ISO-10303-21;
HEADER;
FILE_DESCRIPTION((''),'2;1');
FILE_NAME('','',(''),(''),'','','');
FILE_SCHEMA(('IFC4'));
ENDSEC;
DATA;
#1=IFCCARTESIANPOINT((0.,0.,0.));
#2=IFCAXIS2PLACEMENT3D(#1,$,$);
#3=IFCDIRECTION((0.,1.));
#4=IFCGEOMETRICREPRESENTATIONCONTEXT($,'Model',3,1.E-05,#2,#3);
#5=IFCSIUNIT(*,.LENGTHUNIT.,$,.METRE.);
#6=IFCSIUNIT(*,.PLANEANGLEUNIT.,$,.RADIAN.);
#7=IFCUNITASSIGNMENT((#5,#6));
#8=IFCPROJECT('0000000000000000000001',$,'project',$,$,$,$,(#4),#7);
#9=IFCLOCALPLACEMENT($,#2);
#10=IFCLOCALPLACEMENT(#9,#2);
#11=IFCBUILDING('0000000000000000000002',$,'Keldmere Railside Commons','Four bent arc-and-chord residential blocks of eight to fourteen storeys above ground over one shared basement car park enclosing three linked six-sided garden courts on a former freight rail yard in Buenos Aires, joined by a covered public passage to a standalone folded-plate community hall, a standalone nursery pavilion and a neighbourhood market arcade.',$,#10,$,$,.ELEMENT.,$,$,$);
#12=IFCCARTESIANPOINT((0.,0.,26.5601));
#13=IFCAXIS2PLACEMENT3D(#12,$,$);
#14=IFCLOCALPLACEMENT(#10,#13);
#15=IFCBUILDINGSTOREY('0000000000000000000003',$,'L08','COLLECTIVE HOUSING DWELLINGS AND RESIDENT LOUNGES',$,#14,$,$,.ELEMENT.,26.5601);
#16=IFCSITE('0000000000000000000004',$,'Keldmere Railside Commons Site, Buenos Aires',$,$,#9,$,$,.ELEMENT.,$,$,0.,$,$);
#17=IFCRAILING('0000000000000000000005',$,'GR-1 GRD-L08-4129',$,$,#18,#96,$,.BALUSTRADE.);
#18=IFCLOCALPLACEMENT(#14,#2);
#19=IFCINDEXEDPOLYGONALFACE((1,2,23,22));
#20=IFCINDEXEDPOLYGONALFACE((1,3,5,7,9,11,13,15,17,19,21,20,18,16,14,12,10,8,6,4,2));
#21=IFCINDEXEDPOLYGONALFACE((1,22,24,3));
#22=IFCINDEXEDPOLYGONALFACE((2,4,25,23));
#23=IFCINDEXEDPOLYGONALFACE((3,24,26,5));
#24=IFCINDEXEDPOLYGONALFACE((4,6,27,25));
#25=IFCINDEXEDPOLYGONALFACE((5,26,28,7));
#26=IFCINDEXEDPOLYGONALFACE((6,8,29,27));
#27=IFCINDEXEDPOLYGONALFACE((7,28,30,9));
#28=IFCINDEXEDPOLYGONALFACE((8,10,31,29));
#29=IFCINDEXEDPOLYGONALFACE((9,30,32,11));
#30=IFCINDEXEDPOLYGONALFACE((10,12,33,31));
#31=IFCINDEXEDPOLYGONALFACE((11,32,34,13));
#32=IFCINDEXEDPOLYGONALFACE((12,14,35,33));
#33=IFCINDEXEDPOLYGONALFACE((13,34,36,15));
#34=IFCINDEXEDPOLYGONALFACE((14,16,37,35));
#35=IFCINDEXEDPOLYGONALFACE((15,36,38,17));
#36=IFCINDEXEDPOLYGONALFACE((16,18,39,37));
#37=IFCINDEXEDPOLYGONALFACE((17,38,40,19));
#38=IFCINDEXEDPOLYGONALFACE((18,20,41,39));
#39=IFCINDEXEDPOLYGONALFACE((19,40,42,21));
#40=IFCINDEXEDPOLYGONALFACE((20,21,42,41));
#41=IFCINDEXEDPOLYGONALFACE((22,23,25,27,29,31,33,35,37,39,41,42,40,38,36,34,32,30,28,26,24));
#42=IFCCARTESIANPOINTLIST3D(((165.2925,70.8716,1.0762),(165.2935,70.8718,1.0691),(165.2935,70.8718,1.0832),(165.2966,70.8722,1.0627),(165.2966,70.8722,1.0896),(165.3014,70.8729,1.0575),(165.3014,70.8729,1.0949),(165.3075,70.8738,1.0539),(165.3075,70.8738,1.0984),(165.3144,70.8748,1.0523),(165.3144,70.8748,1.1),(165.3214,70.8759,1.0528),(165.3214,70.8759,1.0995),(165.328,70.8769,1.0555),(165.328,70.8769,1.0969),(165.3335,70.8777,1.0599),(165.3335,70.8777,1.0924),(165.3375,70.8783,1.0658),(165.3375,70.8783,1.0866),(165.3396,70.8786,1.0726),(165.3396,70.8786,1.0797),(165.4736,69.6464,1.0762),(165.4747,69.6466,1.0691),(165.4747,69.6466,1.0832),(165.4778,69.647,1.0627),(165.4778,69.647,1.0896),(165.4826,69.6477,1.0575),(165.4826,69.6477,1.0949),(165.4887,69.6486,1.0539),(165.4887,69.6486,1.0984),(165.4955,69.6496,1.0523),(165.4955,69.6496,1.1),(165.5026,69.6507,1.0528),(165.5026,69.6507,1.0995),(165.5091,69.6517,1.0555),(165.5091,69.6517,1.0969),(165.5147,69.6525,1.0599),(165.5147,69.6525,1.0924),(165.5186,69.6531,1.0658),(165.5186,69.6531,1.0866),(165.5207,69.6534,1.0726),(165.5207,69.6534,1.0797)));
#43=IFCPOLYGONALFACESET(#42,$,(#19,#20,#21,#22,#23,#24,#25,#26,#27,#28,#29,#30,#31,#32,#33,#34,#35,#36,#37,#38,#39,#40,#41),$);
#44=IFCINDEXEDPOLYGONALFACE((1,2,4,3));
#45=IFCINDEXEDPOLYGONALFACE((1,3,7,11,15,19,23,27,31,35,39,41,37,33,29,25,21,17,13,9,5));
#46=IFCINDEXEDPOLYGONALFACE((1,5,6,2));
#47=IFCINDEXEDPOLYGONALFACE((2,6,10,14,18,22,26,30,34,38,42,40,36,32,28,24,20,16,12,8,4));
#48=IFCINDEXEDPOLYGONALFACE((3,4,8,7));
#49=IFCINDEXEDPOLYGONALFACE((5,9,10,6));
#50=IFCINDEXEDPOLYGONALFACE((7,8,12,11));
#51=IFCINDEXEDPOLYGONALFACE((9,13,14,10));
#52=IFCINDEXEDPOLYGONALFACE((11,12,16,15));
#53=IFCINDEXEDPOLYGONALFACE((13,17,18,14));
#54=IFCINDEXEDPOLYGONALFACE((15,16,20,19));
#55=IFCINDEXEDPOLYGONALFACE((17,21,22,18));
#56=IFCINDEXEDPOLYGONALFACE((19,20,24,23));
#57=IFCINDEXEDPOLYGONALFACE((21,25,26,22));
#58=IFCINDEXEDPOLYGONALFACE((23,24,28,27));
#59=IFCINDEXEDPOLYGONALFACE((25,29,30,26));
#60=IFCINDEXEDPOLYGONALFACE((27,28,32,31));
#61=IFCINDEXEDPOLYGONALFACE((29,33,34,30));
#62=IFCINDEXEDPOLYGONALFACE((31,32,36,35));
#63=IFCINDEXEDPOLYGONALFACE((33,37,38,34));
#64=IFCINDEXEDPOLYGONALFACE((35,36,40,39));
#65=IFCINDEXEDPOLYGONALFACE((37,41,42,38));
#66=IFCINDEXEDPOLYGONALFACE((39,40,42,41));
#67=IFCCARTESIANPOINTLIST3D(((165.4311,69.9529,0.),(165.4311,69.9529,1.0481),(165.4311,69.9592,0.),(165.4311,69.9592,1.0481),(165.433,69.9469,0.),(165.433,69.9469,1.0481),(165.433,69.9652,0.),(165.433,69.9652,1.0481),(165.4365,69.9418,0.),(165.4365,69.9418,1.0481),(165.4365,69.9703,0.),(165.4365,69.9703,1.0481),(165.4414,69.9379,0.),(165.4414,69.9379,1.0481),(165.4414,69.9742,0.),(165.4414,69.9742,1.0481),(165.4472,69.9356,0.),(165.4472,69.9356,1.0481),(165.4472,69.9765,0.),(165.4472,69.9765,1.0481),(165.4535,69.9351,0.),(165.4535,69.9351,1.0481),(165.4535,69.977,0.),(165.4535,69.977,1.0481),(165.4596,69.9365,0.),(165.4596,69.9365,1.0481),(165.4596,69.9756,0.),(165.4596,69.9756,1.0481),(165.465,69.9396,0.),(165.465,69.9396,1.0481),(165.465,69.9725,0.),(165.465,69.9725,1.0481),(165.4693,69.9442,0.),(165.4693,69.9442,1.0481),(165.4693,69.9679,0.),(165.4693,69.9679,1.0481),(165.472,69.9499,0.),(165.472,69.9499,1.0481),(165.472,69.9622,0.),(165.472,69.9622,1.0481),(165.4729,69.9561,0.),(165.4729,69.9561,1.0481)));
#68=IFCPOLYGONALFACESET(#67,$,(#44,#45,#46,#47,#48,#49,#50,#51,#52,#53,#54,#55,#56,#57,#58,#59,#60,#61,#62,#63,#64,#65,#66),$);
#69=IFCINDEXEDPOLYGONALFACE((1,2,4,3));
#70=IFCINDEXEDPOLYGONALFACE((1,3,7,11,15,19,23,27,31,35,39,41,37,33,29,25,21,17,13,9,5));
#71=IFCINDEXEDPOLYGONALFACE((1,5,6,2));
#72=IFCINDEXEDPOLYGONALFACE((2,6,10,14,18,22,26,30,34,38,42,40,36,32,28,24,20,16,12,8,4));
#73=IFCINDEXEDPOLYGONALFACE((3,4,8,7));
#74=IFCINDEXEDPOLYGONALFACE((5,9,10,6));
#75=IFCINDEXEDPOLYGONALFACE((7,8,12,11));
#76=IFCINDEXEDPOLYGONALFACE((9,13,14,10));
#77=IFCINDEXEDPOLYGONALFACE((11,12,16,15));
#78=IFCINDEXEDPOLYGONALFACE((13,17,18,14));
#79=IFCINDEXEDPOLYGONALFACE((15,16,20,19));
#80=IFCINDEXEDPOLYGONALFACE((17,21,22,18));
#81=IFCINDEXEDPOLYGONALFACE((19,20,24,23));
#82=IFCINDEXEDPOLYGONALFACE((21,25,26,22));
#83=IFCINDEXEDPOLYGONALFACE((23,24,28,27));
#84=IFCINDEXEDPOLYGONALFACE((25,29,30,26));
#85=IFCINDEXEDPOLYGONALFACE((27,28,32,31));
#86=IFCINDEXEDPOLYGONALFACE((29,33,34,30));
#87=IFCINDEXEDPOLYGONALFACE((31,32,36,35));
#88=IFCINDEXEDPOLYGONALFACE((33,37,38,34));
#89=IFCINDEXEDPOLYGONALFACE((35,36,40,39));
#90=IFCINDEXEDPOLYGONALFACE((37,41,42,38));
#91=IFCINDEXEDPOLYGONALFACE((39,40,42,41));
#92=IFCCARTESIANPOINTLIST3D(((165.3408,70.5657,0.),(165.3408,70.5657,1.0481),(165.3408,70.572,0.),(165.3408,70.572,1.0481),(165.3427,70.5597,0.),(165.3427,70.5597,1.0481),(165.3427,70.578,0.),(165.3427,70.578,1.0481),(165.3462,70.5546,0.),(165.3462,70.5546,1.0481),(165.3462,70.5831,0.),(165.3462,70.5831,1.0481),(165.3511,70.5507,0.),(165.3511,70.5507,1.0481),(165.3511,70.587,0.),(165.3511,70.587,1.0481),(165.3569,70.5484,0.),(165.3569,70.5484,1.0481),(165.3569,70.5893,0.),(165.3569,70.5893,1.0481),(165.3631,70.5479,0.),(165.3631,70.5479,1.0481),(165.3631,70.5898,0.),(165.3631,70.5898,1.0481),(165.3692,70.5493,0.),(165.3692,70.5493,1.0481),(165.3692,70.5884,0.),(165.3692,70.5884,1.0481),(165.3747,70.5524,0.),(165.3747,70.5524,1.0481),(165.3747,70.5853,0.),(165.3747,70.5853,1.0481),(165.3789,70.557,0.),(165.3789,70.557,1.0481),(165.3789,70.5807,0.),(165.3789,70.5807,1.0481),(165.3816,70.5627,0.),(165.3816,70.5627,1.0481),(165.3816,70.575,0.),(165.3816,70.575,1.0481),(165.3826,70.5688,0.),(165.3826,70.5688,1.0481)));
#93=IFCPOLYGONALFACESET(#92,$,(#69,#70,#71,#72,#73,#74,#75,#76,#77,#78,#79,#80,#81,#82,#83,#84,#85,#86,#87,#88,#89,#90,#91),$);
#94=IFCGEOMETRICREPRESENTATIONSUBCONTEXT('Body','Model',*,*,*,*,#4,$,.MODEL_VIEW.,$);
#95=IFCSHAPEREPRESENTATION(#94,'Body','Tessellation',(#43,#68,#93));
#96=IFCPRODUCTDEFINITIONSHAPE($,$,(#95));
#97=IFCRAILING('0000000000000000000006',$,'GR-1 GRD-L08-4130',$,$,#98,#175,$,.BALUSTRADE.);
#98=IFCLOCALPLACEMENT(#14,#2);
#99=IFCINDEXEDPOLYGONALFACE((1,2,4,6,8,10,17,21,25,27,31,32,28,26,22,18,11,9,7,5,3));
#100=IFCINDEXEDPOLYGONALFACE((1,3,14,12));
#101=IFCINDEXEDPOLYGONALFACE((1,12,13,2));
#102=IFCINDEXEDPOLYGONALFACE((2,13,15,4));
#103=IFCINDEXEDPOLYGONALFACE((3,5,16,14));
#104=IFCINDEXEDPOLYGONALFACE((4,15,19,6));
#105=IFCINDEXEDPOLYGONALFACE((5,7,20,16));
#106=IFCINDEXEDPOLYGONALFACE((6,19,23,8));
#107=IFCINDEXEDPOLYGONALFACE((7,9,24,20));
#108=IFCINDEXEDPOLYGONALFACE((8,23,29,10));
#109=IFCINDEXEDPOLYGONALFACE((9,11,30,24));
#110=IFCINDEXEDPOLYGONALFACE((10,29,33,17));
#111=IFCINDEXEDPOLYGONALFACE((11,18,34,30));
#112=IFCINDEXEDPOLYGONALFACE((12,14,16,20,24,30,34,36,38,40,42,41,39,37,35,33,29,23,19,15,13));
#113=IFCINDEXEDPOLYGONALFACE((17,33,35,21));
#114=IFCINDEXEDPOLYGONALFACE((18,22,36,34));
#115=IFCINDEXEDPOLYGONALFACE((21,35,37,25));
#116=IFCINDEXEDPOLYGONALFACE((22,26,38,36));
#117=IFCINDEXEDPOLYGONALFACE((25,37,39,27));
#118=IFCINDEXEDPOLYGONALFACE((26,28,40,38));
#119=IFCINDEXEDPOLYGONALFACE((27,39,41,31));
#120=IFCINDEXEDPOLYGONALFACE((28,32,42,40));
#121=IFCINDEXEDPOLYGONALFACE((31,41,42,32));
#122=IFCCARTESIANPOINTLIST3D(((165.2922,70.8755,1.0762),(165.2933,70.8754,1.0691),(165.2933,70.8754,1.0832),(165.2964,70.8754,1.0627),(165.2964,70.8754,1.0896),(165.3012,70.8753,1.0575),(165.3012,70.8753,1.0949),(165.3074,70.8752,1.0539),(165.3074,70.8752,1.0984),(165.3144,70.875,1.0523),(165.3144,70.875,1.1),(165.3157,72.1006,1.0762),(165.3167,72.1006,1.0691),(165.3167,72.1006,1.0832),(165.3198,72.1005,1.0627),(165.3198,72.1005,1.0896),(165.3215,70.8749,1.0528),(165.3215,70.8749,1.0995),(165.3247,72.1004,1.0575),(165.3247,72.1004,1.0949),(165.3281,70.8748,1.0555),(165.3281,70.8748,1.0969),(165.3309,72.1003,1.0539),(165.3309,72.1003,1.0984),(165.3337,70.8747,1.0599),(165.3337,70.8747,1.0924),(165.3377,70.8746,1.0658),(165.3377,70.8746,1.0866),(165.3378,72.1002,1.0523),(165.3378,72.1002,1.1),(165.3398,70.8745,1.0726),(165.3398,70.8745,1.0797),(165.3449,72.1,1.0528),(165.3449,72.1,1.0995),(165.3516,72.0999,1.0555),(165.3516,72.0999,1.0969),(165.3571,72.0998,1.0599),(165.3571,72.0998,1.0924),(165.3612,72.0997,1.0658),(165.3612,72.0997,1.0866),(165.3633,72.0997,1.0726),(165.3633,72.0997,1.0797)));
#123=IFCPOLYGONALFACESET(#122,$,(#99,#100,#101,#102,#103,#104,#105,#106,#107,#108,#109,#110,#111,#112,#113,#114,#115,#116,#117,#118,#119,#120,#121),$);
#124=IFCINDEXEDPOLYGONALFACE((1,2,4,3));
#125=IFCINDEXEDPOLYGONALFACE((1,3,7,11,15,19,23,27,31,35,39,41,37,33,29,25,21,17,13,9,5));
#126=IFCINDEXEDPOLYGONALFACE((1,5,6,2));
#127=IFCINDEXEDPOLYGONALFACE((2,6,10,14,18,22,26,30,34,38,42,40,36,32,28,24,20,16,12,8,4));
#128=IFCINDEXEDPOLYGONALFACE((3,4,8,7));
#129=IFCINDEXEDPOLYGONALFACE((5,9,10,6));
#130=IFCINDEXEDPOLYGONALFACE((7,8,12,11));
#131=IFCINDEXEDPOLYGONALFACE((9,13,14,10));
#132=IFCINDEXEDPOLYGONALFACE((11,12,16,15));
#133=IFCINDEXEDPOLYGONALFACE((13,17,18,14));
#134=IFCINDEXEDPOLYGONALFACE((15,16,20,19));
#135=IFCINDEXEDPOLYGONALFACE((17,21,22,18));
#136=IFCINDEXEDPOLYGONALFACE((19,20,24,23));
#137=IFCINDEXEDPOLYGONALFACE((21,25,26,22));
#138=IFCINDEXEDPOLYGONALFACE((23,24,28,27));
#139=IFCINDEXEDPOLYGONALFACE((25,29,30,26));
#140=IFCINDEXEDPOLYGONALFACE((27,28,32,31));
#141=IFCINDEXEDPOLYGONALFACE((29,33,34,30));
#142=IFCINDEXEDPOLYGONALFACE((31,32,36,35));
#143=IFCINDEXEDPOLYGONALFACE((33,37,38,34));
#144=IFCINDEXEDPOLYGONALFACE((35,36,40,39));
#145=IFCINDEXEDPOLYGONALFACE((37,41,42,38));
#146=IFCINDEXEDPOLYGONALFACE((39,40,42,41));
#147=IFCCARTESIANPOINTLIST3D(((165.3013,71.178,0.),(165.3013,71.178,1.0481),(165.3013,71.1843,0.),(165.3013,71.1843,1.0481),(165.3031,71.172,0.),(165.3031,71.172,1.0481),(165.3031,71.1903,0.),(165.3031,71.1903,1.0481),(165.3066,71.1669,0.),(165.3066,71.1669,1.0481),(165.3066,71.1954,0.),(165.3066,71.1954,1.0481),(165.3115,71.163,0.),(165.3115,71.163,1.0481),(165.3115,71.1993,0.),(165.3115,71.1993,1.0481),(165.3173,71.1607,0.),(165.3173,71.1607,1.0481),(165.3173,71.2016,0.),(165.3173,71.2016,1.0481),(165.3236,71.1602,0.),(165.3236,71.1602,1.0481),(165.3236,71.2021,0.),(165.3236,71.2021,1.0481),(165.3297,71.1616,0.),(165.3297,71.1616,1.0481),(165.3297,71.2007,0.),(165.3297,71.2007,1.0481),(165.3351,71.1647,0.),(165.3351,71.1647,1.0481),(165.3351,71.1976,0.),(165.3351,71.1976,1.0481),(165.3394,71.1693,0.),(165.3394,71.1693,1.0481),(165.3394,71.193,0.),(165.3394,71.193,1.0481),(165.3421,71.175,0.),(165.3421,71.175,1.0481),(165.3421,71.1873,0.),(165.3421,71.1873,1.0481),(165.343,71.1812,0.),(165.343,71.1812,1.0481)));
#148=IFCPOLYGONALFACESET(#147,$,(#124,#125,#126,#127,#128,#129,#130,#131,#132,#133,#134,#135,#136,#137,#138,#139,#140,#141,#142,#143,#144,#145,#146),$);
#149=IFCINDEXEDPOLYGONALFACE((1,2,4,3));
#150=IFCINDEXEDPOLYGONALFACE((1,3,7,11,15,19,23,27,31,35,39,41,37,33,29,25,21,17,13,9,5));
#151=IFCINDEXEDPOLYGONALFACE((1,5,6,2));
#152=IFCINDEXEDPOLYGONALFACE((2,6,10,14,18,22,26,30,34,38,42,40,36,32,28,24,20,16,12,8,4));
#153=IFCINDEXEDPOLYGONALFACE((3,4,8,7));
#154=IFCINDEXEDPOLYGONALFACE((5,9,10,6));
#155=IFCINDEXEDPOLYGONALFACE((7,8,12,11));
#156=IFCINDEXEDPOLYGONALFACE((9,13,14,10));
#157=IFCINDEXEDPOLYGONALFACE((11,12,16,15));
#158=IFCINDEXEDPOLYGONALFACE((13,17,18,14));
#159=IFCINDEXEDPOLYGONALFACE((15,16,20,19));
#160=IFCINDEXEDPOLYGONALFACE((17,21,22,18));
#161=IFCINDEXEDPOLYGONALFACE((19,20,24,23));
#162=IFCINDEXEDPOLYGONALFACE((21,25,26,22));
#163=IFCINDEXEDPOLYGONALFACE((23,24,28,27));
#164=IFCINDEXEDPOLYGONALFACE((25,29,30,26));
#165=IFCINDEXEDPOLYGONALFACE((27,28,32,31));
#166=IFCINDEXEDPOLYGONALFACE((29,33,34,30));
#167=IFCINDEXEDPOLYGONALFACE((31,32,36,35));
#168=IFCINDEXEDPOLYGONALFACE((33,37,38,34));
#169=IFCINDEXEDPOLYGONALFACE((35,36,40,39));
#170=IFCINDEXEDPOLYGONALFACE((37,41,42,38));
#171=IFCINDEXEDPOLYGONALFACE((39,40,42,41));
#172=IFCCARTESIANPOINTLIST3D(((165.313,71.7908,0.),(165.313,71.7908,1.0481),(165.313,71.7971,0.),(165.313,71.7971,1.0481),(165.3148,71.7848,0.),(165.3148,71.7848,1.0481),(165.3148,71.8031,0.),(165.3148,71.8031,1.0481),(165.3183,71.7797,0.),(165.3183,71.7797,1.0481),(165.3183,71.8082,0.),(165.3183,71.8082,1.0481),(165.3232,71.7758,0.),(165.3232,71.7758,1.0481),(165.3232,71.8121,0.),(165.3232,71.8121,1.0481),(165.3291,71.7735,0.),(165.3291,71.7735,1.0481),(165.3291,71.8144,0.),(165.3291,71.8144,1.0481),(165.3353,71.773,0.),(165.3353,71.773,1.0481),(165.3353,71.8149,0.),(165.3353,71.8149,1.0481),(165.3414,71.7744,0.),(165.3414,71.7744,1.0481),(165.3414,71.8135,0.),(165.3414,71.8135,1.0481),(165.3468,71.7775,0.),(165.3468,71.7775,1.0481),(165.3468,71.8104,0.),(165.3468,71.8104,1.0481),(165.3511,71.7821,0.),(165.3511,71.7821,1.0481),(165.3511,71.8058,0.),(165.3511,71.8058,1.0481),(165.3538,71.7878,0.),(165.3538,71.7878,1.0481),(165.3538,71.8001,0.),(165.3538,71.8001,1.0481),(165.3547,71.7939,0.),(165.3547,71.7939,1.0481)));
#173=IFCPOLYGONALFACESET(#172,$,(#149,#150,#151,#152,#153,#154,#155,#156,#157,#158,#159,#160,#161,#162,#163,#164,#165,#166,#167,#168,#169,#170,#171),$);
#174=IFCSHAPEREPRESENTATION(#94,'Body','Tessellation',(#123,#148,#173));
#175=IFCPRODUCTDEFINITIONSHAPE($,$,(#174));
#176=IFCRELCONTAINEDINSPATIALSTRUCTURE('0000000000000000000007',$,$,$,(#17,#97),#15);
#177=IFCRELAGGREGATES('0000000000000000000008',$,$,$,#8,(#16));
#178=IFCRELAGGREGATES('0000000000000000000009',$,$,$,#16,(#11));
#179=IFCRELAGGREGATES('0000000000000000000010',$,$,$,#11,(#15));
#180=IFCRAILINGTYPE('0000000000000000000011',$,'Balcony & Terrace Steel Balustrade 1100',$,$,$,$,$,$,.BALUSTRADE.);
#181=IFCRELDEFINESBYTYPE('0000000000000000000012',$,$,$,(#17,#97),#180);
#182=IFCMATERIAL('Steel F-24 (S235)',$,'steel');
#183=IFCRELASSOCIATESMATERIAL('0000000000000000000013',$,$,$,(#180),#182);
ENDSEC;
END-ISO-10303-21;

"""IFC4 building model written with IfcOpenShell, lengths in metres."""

from ifc_helpers import new_model, si_unit, direction, frame, origin, origin_2d, place, context, subcontext, project, spatial, circle, extrude, material, type_object, element, save


model = new_model("IFC4")

# Units and contexts
model_context = context("Model", 3, precision=1e-05, world=origin(), true_north=direction((0.0, 1.0)))
body_context = subcontext(model_context, "Body", "Model", "MODEL_VIEW")
ifc_project = project(units=[si_unit("LENGTHUNIT", "METRE"), si_unit("PLANEANGLEUNIT", "RADIAN")], contexts=[model_context])

# Site, building, storey
site_placement = place(None, origin())
site = spatial("IfcSite", under=ifc_project, at=site_placement, Name="Keldmere Railside Commons Site, Buenos Aires", CompositionType="ELEMENT", RefElevation=0.0)
building_placement = place(site_placement, origin())
building = spatial("IfcBuilding", under=site, at=building_placement, Name="Keldmere Railside Commons", Description="Four bent arc-and-chord residential blocks of eight to fourteen storeys above ground over one shared basement car park enclosing three linked six-sided garden courts on a former freight rail yard in Buenos Aires, joined by a covered public passage to a standalone folded-plate community hall, a standalone nursery pavilion and a neighbourhood market arcade.", CompositionType="ELEMENT")
storey_placement = place(building_placement, frame((0.0, 0.0, 26.5601)))
storey = spatial("IfcBuildingStorey", under=building, at=storey_placement, Name="L08", Description="COLLECTIVE HOUSING DWELLINGS AND RESIDENT LOUNGES", CompositionType="ELEMENT", Elevation=26.5601)

# Railings
ifc_material_1 = material(Name="Steel F-24 (S235)", Category="steel")
railing_type = type_object("IfcRailingType", Name="Balcony & Terrace Steel Balustrade 1100", PredefinedType="BALUSTRADE", material=ifc_material_1)
railing_1_placement = place(storey_placement, frame((165.4973, 69.6499, 0.0)))
element("IfcRailing", 1, at=railing_1_placement, inside=storey, type_object=railing_type, Name="GR-1 GRD-L08-4129", PredefinedType="BALUSTRADE", context=body_context, shape_type="SweptSolid", body=[
    extrude(circle(Radius=0.0239, at=origin_2d()), frame((0.0, 0.0, 1.0762), z_axis=(-0.146277, 0.989244, 0.0), x_axis=(-0.989244, -0.146277, 0.0)), (0.0, 0.0, 1.0), 1.2385),
    extrude(circle(Radius=0.021, at=origin_2d()), frame((-0.0454, 0.3062, 0.0)), (0.0, 0.0, 1.0), 1.0481),
    extrude(circle(Radius=0.021, at=origin_2d()), frame((-0.1357, 0.9189, 0.0)), (0.0, 0.0, 1.0), 1.0481),
])
railing_2_placement = place(storey_placement, frame((165.3162, 70.875, 0.0)))
element("IfcRailing", 2, at=railing_2_placement, inside=storey, type_object=railing_type, Name="GR-1 GRD-L08-4130", PredefinedType="BALUSTRADE", context=body_context, shape_type="SweptSolid", body=[
    extrude(circle(Radius=0.0239, at=origin_2d()), frame((0.0, 0.0, 1.0762), z_axis=(0.019128, 0.999817, 0.0), x_axis=(-0.999817, 0.019128, 0.0)), (0.0, 0.0, 1.0), 1.2253),
    extrude(circle(Radius=0.021, at=origin_2d()), frame((0.0059, 0.3062, 0.0)), (0.0, 0.0, 1.0), 1.0481),
    extrude(circle(Radius=0.021, at=origin_2d()), frame((0.0176, 0.9189, 0.0)), (0.0, 0.0, 1.0), 1.0481),
])

save(model, "model.ifc")
